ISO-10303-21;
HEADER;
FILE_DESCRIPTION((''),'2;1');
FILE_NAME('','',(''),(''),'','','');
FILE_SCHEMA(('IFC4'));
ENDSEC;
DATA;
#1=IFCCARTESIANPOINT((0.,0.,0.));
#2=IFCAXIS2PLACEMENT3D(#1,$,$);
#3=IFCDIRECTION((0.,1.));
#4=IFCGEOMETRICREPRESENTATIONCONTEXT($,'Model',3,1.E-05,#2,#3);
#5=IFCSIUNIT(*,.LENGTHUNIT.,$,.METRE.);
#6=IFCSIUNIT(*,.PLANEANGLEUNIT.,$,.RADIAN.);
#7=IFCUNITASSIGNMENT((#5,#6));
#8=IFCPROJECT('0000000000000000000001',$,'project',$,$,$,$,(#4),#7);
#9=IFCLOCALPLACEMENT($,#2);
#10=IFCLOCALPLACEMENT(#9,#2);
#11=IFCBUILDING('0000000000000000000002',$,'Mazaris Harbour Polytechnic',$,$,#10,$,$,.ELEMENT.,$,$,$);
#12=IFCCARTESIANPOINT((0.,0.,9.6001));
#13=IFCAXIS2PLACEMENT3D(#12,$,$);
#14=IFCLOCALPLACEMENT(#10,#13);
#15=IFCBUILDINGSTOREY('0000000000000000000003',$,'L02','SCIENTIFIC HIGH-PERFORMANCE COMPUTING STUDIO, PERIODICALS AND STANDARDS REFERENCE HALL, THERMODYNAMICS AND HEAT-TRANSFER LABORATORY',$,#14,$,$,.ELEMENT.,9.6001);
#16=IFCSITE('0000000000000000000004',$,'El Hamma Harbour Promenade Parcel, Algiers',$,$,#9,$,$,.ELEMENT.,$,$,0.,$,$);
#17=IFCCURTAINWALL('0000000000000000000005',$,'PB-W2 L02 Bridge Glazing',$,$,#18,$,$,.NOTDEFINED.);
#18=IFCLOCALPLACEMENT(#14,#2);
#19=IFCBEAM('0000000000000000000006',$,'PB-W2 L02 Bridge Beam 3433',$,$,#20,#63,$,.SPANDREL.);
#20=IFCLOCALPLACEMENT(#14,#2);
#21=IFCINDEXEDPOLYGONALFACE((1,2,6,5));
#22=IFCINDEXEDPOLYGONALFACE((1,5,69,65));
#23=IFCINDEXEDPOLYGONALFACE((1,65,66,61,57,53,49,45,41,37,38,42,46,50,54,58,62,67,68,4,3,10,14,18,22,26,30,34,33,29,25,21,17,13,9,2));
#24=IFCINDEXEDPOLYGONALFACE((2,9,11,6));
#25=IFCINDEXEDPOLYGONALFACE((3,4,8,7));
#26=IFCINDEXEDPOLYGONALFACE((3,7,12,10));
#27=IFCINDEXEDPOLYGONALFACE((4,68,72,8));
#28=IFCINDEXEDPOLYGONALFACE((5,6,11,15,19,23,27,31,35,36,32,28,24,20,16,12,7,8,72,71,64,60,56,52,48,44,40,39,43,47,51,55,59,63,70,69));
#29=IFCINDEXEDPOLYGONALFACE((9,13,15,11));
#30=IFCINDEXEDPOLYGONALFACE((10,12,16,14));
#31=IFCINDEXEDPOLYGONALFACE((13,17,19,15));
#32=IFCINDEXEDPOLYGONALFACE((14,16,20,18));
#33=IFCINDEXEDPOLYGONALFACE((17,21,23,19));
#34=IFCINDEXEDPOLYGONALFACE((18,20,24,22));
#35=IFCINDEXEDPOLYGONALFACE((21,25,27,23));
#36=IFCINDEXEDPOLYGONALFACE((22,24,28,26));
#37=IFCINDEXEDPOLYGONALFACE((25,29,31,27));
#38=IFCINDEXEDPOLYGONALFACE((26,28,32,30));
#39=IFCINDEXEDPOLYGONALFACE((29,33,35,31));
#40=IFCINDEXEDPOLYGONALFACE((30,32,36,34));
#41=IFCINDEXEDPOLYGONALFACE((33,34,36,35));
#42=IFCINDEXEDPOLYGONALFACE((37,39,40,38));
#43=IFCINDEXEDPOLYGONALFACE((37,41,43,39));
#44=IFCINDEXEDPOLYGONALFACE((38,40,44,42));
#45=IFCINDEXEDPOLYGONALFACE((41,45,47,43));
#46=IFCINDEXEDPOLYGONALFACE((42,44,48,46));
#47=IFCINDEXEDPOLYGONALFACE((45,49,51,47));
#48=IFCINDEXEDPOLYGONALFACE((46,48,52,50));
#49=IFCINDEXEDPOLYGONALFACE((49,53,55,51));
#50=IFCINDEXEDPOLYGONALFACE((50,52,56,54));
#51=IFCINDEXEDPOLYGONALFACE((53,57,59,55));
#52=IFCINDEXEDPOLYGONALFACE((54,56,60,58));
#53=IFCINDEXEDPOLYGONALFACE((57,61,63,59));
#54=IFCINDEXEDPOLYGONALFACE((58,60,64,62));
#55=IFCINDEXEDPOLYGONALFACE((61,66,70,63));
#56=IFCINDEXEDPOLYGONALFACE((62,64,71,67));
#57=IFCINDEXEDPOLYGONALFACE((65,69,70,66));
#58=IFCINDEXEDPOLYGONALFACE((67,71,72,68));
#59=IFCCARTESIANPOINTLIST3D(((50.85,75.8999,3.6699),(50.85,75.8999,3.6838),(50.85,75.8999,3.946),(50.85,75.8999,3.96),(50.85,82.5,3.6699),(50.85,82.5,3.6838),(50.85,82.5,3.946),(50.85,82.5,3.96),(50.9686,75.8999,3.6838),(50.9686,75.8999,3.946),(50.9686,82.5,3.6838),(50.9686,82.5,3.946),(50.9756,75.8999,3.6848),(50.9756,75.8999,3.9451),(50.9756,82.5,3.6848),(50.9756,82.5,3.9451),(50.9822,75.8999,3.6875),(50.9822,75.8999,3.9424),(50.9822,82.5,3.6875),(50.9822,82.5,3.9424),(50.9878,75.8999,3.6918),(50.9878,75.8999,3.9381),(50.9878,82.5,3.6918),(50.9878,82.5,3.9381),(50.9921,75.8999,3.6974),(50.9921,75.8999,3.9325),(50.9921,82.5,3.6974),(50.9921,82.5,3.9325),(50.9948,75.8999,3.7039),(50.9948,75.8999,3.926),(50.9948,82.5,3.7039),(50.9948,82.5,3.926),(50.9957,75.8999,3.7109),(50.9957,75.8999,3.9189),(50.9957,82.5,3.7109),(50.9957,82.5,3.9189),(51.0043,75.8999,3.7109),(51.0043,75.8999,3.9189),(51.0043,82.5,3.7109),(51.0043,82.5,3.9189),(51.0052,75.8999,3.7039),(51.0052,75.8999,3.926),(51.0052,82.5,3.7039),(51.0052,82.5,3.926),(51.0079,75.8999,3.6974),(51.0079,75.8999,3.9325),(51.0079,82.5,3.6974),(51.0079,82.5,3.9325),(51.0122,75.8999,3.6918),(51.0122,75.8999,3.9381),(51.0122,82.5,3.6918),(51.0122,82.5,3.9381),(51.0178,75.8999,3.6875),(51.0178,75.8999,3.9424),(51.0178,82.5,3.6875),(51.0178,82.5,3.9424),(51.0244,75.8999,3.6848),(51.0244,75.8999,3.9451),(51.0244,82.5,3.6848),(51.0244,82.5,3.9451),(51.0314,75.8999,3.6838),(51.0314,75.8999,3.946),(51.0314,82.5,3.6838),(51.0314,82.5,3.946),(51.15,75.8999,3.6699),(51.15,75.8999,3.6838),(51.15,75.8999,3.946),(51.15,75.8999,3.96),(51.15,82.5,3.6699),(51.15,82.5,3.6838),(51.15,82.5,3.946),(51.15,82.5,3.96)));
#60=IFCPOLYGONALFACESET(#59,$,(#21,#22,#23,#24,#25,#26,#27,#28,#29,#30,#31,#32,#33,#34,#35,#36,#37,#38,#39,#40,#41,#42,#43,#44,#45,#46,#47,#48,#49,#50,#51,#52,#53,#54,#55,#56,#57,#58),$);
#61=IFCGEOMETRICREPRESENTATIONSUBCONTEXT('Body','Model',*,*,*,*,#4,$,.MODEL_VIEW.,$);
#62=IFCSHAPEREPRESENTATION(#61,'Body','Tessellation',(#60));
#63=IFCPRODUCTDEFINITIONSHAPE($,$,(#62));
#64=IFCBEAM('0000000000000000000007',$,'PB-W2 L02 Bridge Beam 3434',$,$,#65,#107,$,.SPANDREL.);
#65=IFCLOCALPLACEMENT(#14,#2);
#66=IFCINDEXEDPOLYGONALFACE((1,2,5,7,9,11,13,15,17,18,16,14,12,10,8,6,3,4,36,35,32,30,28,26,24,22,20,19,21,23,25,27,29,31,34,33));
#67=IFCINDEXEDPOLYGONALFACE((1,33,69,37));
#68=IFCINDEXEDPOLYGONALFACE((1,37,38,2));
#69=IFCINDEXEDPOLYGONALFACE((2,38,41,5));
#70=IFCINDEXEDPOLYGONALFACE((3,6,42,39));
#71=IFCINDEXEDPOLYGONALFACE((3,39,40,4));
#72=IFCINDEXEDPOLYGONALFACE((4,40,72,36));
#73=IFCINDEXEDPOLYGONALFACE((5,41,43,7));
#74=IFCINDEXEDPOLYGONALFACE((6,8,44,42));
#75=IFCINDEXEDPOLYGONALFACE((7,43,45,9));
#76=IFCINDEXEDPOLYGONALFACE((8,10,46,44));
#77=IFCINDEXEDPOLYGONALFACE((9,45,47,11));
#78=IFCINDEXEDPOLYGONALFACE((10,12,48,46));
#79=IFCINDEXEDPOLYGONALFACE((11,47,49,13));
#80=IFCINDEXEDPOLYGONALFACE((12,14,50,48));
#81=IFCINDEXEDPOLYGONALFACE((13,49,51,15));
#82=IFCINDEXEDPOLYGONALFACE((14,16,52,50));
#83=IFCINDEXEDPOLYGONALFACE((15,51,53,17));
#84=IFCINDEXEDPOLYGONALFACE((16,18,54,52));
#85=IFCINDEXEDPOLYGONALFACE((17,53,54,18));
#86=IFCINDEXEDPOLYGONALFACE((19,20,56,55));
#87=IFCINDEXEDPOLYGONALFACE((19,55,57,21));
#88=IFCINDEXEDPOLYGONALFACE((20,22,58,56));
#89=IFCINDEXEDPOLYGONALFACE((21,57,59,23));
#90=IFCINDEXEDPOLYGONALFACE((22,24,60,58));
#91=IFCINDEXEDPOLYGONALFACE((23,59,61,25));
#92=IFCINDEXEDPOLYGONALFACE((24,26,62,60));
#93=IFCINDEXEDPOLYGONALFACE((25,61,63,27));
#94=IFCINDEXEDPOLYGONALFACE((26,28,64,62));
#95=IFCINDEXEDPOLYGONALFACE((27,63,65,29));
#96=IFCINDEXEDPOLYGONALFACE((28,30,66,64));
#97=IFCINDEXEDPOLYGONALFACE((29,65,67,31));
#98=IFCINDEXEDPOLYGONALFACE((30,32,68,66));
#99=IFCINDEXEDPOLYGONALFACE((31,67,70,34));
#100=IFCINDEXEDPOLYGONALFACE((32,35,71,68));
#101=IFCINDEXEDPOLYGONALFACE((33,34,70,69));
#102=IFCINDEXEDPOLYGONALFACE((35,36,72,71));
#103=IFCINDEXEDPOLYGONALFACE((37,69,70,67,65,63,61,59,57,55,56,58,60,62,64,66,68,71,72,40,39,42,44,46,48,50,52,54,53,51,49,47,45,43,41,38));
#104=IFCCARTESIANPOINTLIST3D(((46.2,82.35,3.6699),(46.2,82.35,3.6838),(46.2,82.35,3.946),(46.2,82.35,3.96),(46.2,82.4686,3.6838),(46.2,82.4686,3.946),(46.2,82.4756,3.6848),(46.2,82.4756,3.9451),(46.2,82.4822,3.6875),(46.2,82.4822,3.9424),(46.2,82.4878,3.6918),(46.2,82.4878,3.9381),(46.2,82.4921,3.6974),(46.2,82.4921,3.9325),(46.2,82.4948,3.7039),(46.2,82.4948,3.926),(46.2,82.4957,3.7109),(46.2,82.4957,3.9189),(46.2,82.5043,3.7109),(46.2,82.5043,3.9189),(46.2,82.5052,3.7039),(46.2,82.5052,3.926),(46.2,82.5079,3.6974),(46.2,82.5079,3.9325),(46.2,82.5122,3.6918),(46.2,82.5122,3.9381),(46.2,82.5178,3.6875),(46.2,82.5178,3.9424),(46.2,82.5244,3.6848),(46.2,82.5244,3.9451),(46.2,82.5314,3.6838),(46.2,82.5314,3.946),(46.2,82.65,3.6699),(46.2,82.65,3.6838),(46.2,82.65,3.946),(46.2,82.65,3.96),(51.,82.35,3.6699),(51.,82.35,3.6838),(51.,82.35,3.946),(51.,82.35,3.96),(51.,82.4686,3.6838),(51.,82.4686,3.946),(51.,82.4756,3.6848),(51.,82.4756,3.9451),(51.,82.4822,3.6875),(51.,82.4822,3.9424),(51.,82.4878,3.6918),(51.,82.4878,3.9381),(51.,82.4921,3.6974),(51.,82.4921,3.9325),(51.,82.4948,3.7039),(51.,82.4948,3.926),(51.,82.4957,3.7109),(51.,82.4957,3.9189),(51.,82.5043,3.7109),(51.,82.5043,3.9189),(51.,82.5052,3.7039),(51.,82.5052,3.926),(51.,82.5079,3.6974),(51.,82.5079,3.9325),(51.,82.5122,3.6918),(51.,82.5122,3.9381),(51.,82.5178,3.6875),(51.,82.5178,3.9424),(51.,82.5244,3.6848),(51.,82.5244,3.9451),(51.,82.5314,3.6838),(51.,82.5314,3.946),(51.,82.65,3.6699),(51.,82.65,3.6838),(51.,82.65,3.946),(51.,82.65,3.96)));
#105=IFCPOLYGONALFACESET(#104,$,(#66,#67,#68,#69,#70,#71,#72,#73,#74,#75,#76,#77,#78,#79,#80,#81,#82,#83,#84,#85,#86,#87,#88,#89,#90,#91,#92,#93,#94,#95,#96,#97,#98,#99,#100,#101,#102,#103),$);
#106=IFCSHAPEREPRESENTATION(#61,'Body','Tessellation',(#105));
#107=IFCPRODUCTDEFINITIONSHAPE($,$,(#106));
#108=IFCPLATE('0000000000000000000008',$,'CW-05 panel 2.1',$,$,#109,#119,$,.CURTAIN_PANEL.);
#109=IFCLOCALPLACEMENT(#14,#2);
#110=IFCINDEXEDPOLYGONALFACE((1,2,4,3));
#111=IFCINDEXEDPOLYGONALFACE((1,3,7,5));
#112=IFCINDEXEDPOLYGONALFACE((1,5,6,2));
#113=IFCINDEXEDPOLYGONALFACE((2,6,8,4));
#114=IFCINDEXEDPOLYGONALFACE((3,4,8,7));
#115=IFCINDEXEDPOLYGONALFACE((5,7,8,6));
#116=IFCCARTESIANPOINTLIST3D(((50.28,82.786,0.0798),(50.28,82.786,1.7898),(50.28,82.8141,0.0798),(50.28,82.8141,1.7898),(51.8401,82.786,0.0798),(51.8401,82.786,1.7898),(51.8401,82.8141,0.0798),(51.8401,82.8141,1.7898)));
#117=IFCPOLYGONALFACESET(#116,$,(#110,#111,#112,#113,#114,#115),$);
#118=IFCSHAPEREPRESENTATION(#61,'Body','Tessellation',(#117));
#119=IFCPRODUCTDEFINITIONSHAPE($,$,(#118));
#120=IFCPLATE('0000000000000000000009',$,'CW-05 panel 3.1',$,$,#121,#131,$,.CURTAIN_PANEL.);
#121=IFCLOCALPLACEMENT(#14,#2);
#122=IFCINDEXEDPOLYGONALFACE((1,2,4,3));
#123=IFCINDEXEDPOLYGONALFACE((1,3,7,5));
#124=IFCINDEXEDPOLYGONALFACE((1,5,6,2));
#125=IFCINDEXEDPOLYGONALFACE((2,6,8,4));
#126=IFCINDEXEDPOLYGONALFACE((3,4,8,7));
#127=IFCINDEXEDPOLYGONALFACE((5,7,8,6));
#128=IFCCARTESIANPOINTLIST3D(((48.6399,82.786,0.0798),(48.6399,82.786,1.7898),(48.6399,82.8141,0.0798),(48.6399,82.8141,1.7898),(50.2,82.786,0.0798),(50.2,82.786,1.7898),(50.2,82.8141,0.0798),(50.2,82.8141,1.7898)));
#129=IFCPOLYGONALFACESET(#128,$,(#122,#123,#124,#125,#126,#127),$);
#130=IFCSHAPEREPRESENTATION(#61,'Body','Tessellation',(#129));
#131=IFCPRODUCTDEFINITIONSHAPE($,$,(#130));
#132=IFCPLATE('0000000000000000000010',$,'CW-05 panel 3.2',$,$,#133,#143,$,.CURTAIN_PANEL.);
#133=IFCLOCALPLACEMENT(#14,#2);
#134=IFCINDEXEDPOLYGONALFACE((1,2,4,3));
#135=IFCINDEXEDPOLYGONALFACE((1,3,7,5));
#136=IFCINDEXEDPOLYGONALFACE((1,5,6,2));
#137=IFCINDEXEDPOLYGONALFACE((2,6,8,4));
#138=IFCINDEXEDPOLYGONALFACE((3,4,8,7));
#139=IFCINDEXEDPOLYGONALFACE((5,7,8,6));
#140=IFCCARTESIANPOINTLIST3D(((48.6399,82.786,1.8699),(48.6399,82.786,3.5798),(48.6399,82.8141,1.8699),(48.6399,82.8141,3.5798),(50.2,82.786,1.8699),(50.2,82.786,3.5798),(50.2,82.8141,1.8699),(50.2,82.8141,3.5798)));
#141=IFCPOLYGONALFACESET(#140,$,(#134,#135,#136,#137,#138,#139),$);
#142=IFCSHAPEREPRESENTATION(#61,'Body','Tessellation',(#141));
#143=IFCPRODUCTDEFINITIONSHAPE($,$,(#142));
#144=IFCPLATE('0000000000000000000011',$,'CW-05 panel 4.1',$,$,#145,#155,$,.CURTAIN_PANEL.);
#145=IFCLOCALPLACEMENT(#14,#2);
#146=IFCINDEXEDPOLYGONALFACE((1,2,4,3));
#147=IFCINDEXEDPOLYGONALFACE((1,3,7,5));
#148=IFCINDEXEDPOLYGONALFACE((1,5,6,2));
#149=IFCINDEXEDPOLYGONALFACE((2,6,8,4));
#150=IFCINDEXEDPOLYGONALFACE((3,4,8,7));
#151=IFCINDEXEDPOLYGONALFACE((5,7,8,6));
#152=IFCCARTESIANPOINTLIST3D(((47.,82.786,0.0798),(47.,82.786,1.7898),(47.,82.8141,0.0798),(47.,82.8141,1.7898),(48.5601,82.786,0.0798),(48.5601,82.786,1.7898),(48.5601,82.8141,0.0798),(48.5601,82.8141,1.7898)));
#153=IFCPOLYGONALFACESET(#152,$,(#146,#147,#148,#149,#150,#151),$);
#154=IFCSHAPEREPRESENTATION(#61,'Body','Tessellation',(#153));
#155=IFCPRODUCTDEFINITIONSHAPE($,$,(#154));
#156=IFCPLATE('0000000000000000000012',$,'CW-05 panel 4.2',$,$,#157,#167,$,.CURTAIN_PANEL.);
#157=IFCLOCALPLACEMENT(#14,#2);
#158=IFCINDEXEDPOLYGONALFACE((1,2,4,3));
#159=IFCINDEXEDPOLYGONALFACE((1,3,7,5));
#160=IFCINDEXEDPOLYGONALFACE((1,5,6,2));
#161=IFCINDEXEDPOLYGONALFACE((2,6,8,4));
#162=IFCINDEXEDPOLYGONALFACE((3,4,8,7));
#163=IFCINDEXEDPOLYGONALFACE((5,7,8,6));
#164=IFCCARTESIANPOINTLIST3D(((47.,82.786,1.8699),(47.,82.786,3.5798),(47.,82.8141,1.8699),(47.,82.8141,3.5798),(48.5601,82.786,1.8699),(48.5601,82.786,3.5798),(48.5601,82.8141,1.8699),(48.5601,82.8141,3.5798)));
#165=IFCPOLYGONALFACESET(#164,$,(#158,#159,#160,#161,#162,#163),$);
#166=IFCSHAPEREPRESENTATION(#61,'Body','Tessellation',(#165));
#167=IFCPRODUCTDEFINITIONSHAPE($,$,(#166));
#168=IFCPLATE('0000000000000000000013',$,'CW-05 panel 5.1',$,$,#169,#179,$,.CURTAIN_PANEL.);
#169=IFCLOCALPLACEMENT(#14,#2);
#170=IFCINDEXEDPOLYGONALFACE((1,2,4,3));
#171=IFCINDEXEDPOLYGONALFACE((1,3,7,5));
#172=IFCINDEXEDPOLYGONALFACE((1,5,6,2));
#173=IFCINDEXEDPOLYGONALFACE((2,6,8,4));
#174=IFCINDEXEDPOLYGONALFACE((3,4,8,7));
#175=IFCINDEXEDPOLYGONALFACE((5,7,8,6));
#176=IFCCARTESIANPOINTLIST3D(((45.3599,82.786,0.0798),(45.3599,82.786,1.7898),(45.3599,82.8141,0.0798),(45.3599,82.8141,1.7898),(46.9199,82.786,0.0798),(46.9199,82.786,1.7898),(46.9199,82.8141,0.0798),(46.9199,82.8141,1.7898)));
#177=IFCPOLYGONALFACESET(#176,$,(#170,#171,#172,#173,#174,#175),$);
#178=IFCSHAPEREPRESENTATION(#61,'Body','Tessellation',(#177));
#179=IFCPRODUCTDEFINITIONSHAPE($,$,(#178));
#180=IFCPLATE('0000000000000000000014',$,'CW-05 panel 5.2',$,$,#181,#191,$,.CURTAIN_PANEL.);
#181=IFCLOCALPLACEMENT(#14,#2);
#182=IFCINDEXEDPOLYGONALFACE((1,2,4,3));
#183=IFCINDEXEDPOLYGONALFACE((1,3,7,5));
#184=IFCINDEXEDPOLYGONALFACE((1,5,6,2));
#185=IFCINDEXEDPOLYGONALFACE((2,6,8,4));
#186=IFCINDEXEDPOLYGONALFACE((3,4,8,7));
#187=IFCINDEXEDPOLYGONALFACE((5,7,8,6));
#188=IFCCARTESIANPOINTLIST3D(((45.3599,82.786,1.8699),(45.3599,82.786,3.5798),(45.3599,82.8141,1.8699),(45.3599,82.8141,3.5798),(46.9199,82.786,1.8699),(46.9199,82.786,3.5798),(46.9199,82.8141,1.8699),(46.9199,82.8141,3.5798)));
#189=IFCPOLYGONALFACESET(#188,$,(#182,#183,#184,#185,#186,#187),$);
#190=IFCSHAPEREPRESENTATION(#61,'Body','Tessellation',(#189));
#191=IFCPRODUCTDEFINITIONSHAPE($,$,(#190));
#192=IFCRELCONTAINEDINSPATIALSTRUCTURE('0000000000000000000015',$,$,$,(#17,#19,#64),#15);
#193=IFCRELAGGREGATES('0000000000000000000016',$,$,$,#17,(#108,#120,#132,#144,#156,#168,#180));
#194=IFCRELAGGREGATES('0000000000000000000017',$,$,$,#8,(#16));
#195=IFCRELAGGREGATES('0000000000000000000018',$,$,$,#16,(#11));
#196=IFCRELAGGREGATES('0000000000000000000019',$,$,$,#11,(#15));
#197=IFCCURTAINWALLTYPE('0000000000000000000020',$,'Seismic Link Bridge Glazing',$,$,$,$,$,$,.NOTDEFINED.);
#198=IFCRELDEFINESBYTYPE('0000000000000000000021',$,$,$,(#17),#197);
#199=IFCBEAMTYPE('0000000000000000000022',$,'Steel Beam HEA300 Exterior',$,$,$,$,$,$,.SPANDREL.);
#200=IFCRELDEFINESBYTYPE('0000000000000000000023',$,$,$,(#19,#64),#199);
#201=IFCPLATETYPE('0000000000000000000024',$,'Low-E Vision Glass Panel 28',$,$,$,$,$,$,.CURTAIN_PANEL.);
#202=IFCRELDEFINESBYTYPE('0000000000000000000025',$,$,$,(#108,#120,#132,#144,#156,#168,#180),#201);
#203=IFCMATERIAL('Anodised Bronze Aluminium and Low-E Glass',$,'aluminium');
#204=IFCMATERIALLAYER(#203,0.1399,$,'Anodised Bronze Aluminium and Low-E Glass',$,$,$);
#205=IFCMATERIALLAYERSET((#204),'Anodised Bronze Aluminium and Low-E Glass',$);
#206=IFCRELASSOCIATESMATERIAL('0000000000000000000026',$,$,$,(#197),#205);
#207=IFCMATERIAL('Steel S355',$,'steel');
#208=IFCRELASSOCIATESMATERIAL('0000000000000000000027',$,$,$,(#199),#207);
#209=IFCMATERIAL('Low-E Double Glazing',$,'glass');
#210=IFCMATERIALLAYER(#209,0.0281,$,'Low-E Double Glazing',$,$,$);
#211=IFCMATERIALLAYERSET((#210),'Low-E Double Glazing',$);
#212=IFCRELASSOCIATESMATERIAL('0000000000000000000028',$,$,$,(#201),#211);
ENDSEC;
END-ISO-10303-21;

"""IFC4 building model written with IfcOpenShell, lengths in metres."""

from ifc_helpers import new_model, si_unit, direction, frame, origin, origin_2d, place, context, subcontext, project, spatial, rectangle, i_section, extrude, material, layer, layer_set, material_profile, profile_set, type_object, element, aggregate, save


model = new_model("IFC4")

# Units and contexts
model_context = context("Model", 3, precision=1e-05, world=origin(), true_north=direction((0.0, 1.0)))
body_context = subcontext(model_context, "Body", "Model", "MODEL_VIEW")
ifc_project = project(units=[si_unit("LENGTHUNIT", "METRE"), si_unit("PLANEANGLEUNIT", "RADIAN")], contexts=[model_context])

# Site, building, storey
site_placement = place(None, origin())
site = spatial("IfcSite", under=ifc_project, at=site_placement, Name="El Hamma Harbour Promenade Parcel, Algiers", CompositionType="ELEMENT", RefElevation=0.0)
building_placement = place(site_placement, origin())
building = spatial("IfcBuilding", under=site, at=building_placement, Name="Mazaris Harbour Polytechnic", CompositionType="ELEMENT")
storey_placement = place(building_placement, frame((0.0, 0.0, 9.6001)))
storey = spatial("IfcBuildingStorey", under=building, at=storey_placement, Name="L02", Description="SCIENTIFIC HIGH-PERFORMANCE COMPUTING STUDIO, PERIODICALS AND STANDARDS REFERENCE HALL, THERMODYNAMICS AND HEAT-TRANSFER LABORATORY", CompositionType="ELEMENT", Elevation=9.6001)

# Curtain wall
ifc_material_1 = material(Name="Anodised Bronze Aluminium and Low-E Glass", Category="aluminium")
ifc_layer_1 = layer(ifc_material_1, 0.1399, Name="Anodised Bronze Aluminium and Low-E Glass")
ifc_layer_set_1 = layer_set([ifc_layer_1], Name="Anodised Bronze Aluminium and Low-E Glass")
curtain_wall_type = type_object("IfcCurtainWallType", Name="Seismic Link Bridge Glazing", PredefinedType="NOTDEFINED", material=ifc_layer_set_1)
curtain_wall_placement = place(storey_placement, origin())
curtain_wall = element("IfcCurtainWall", 1, at=curtain_wall_placement, inside=storey, type_object=curtain_wall_type, Name="PB-W2 L02 Bridge Glazing", PredefinedType="NOTDEFINED")

# Beams
ifc_material_2 = material(Name="Steel S355", Category="steel")
ifc_material_profile_1 = material_profile(ifc_material_2, i_section(OverallWidth=0.3, OverallDepth=0.29, WebThickness=0.0085, FlangeThickness=0.0139, FilletRadius=0.0271, at=origin_2d()), Name="HEA 300")
ifc_profile_set_1 = profile_set([ifc_material_profile_1], Name="Steel S355")
beam_type = type_object("IfcBeamType", Name="Steel Beam HEA300 Exterior", PredefinedType="SPANDREL", material=ifc_profile_set_1)
for number, where, z_axis, x_axis, name in (
    (2, (51.0, 75.8999, 3.8149), (0.0, 1.0, 0.0), (-1.0, 0.0, 0.0), "PB-W2 L02 Bridge Beam 3433"),
):
    element("IfcBeam", number, at=place(storey_placement, frame(where, z_axis=z_axis, x_axis=x_axis)), inside=storey, type_object=beam_type, Name=name, PredefinedType="SPANDREL", context=body_context, shape_type="SweptSolid", body=[
        extrude(i_section(OverallWidth=0.3, OverallDepth=0.29, WebThickness=0.0085, FlangeThickness=0.0139, FilletRadius=0.0271, at=origin_2d()), origin(), (0.0, 0.0, 1.0), 6.6001),
    ])
beam_1_placement = place(storey_placement, frame((46.2, 82.5, 3.8149), z_axis=(1.0, 0.0, 0.0), x_axis=(0.0, 1.0, 0.0)))
element("IfcBeam", 3, at=beam_1_placement, inside=storey, type_object=beam_type, Name="PB-W2 L02 Bridge Beam 3434", PredefinedType="SPANDREL", context=body_context, shape_type="SweptSolid", body=[
    extrude(i_section(OverallWidth=0.3, OverallDepth=0.29, WebThickness=0.0085, FlangeThickness=0.0139, FilletRadius=0.0271, at=origin_2d()), origin(), (0.0, 0.0, 1.0), 4.8),
])

# Plates
ifc_material_3 = material(Name="Low-E Double Glazing", Category="glass")
ifc_layer_2 = layer(ifc_material_3, 0.0281, Name="Low-E Double Glazing")
ifc_layer_set_2 = layer_set([ifc_layer_2], Name="Low-E Double Glazing")
plate_type = type_object("IfcPlateType", Name="Low-E Vision Glass Panel 28", PredefinedType="CURTAIN_PANEL", material=ifc_layer_set_2)
plate_1_placement = place(storey_placement, frame((51.0601, 82.8, 0.0798), z_axis=(0.0, 0.0, 1.0), x_axis=(-1.0, 0.0, 0.0)))
plate_1 = element("IfcPlate", 4, at=plate_1_placement, type_object=plate_type, Name="CW-05 panel 2.1", PredefinedType="CURTAIN_PANEL", context=body_context, shape_type="SweptSolid", body=[
    extrude(rectangle(XDim=1.5601, YDim=0.0281, at=origin_2d()), origin(), (0.0, 0.0, 1.0), 1.71),
])
plate_2_placement = place(storey_placement, frame((49.4199, 82.8, 0.0798), z_axis=(0.0, 0.0, 1.0), x_axis=(-1.0, 0.0, 0.0)))
plate_2 = element("IfcPlate", 5, at=plate_2_placement, type_object=plate_type, Name="CW-05 panel 3.1", PredefinedType="CURTAIN_PANEL", context=body_context, shape_type="SweptSolid", body=[
    extrude(rectangle(XDim=1.5601, YDim=0.0281, at=origin_2d()), origin(), (0.0, 0.0, 1.0), 1.71),
])
plate_3_placement = place(storey_placement, frame((49.4199, 82.8, 1.8699), z_axis=(0.0, 0.0, 1.0), x_axis=(-1.0, 0.0, 0.0)))
plate_3 = element("IfcPlate", 6, at=plate_3_placement, type_object=plate_type, Name="CW-05 panel 3.2", PredefinedType="CURTAIN_PANEL", context=body_context, shape_type="SweptSolid", body=[
    extrude(rectangle(XDim=1.5601, YDim=0.0281, at=origin_2d()), origin(), (0.0, 0.0, 1.0), 1.71),
])
plate_4_placement = place(storey_placement, frame((47.78, 82.8, 0.0798), z_axis=(0.0, 0.0, 1.0), x_axis=(-1.0, 0.0, 0.0)))
plate_4 = element("IfcPlate", 7, at=plate_4_placement, type_object=plate_type, Name="CW-05 panel 4.1", PredefinedType="CURTAIN_PANEL", context=body_context, shape_type="SweptSolid", body=[
    extrude(rectangle(XDim=1.5601, YDim=0.0281, at=origin_2d()), origin(), (0.0, 0.0, 1.0), 1.71),
])
plate_5_placement = place(storey_placement, frame((47.78, 82.8, 1.8699), z_axis=(0.0, 0.0, 1.0), x_axis=(-1.0, 0.0, 0.0)))
plate_5 = element("IfcPlate", 8, at=plate_5_placement, type_object=plate_type, Name="CW-05 panel 4.2", PredefinedType="CURTAIN_PANEL", context=body_context, shape_type="SweptSolid", body=[
    extrude(rectangle(XDim=1.5601, YDim=0.0281, at=origin_2d()), origin(), (0.0, 0.0, 1.0), 1.71),
])
plate_6_placement = place(storey_placement, frame((46.1399, 82.8, 0.0798), z_axis=(0.0, 0.0, 1.0), x_axis=(-1.0, 0.0, 0.0)))
plate_6 = element("IfcPlate", 9, at=plate_6_placement, type_object=plate_type, Name="CW-05 panel 5.1", PredefinedType="CURTAIN_PANEL", context=body_context, shape_type="SweptSolid", body=[
    extrude(rectangle(XDim=1.5601, YDim=0.0281, at=origin_2d()), origin(), (0.0, 0.0, 1.0), 1.71),
])
plate_7_placement = place(storey_placement, frame((46.1399, 82.8, 1.8699), z_axis=(0.0, 0.0, 1.0), x_axis=(-1.0, 0.0, 0.0)))
plate_7 = element("IfcPlate", 10, at=plate_7_placement, type_object=plate_type, Name="CW-05 panel 5.2", PredefinedType="CURTAIN_PANEL", context=body_context, shape_type="SweptSolid", body=[
    extrude(rectangle(XDim=1.5601, YDim=0.0281, at=origin_2d()), origin(), (0.0, 0.0, 1.0), 1.71),
])
aggregate(curtain_wall, [plate_1, plate_2, plate_3, plate_4, plate_5, plate_6, plate_7])

save(model, "model.ifc")
